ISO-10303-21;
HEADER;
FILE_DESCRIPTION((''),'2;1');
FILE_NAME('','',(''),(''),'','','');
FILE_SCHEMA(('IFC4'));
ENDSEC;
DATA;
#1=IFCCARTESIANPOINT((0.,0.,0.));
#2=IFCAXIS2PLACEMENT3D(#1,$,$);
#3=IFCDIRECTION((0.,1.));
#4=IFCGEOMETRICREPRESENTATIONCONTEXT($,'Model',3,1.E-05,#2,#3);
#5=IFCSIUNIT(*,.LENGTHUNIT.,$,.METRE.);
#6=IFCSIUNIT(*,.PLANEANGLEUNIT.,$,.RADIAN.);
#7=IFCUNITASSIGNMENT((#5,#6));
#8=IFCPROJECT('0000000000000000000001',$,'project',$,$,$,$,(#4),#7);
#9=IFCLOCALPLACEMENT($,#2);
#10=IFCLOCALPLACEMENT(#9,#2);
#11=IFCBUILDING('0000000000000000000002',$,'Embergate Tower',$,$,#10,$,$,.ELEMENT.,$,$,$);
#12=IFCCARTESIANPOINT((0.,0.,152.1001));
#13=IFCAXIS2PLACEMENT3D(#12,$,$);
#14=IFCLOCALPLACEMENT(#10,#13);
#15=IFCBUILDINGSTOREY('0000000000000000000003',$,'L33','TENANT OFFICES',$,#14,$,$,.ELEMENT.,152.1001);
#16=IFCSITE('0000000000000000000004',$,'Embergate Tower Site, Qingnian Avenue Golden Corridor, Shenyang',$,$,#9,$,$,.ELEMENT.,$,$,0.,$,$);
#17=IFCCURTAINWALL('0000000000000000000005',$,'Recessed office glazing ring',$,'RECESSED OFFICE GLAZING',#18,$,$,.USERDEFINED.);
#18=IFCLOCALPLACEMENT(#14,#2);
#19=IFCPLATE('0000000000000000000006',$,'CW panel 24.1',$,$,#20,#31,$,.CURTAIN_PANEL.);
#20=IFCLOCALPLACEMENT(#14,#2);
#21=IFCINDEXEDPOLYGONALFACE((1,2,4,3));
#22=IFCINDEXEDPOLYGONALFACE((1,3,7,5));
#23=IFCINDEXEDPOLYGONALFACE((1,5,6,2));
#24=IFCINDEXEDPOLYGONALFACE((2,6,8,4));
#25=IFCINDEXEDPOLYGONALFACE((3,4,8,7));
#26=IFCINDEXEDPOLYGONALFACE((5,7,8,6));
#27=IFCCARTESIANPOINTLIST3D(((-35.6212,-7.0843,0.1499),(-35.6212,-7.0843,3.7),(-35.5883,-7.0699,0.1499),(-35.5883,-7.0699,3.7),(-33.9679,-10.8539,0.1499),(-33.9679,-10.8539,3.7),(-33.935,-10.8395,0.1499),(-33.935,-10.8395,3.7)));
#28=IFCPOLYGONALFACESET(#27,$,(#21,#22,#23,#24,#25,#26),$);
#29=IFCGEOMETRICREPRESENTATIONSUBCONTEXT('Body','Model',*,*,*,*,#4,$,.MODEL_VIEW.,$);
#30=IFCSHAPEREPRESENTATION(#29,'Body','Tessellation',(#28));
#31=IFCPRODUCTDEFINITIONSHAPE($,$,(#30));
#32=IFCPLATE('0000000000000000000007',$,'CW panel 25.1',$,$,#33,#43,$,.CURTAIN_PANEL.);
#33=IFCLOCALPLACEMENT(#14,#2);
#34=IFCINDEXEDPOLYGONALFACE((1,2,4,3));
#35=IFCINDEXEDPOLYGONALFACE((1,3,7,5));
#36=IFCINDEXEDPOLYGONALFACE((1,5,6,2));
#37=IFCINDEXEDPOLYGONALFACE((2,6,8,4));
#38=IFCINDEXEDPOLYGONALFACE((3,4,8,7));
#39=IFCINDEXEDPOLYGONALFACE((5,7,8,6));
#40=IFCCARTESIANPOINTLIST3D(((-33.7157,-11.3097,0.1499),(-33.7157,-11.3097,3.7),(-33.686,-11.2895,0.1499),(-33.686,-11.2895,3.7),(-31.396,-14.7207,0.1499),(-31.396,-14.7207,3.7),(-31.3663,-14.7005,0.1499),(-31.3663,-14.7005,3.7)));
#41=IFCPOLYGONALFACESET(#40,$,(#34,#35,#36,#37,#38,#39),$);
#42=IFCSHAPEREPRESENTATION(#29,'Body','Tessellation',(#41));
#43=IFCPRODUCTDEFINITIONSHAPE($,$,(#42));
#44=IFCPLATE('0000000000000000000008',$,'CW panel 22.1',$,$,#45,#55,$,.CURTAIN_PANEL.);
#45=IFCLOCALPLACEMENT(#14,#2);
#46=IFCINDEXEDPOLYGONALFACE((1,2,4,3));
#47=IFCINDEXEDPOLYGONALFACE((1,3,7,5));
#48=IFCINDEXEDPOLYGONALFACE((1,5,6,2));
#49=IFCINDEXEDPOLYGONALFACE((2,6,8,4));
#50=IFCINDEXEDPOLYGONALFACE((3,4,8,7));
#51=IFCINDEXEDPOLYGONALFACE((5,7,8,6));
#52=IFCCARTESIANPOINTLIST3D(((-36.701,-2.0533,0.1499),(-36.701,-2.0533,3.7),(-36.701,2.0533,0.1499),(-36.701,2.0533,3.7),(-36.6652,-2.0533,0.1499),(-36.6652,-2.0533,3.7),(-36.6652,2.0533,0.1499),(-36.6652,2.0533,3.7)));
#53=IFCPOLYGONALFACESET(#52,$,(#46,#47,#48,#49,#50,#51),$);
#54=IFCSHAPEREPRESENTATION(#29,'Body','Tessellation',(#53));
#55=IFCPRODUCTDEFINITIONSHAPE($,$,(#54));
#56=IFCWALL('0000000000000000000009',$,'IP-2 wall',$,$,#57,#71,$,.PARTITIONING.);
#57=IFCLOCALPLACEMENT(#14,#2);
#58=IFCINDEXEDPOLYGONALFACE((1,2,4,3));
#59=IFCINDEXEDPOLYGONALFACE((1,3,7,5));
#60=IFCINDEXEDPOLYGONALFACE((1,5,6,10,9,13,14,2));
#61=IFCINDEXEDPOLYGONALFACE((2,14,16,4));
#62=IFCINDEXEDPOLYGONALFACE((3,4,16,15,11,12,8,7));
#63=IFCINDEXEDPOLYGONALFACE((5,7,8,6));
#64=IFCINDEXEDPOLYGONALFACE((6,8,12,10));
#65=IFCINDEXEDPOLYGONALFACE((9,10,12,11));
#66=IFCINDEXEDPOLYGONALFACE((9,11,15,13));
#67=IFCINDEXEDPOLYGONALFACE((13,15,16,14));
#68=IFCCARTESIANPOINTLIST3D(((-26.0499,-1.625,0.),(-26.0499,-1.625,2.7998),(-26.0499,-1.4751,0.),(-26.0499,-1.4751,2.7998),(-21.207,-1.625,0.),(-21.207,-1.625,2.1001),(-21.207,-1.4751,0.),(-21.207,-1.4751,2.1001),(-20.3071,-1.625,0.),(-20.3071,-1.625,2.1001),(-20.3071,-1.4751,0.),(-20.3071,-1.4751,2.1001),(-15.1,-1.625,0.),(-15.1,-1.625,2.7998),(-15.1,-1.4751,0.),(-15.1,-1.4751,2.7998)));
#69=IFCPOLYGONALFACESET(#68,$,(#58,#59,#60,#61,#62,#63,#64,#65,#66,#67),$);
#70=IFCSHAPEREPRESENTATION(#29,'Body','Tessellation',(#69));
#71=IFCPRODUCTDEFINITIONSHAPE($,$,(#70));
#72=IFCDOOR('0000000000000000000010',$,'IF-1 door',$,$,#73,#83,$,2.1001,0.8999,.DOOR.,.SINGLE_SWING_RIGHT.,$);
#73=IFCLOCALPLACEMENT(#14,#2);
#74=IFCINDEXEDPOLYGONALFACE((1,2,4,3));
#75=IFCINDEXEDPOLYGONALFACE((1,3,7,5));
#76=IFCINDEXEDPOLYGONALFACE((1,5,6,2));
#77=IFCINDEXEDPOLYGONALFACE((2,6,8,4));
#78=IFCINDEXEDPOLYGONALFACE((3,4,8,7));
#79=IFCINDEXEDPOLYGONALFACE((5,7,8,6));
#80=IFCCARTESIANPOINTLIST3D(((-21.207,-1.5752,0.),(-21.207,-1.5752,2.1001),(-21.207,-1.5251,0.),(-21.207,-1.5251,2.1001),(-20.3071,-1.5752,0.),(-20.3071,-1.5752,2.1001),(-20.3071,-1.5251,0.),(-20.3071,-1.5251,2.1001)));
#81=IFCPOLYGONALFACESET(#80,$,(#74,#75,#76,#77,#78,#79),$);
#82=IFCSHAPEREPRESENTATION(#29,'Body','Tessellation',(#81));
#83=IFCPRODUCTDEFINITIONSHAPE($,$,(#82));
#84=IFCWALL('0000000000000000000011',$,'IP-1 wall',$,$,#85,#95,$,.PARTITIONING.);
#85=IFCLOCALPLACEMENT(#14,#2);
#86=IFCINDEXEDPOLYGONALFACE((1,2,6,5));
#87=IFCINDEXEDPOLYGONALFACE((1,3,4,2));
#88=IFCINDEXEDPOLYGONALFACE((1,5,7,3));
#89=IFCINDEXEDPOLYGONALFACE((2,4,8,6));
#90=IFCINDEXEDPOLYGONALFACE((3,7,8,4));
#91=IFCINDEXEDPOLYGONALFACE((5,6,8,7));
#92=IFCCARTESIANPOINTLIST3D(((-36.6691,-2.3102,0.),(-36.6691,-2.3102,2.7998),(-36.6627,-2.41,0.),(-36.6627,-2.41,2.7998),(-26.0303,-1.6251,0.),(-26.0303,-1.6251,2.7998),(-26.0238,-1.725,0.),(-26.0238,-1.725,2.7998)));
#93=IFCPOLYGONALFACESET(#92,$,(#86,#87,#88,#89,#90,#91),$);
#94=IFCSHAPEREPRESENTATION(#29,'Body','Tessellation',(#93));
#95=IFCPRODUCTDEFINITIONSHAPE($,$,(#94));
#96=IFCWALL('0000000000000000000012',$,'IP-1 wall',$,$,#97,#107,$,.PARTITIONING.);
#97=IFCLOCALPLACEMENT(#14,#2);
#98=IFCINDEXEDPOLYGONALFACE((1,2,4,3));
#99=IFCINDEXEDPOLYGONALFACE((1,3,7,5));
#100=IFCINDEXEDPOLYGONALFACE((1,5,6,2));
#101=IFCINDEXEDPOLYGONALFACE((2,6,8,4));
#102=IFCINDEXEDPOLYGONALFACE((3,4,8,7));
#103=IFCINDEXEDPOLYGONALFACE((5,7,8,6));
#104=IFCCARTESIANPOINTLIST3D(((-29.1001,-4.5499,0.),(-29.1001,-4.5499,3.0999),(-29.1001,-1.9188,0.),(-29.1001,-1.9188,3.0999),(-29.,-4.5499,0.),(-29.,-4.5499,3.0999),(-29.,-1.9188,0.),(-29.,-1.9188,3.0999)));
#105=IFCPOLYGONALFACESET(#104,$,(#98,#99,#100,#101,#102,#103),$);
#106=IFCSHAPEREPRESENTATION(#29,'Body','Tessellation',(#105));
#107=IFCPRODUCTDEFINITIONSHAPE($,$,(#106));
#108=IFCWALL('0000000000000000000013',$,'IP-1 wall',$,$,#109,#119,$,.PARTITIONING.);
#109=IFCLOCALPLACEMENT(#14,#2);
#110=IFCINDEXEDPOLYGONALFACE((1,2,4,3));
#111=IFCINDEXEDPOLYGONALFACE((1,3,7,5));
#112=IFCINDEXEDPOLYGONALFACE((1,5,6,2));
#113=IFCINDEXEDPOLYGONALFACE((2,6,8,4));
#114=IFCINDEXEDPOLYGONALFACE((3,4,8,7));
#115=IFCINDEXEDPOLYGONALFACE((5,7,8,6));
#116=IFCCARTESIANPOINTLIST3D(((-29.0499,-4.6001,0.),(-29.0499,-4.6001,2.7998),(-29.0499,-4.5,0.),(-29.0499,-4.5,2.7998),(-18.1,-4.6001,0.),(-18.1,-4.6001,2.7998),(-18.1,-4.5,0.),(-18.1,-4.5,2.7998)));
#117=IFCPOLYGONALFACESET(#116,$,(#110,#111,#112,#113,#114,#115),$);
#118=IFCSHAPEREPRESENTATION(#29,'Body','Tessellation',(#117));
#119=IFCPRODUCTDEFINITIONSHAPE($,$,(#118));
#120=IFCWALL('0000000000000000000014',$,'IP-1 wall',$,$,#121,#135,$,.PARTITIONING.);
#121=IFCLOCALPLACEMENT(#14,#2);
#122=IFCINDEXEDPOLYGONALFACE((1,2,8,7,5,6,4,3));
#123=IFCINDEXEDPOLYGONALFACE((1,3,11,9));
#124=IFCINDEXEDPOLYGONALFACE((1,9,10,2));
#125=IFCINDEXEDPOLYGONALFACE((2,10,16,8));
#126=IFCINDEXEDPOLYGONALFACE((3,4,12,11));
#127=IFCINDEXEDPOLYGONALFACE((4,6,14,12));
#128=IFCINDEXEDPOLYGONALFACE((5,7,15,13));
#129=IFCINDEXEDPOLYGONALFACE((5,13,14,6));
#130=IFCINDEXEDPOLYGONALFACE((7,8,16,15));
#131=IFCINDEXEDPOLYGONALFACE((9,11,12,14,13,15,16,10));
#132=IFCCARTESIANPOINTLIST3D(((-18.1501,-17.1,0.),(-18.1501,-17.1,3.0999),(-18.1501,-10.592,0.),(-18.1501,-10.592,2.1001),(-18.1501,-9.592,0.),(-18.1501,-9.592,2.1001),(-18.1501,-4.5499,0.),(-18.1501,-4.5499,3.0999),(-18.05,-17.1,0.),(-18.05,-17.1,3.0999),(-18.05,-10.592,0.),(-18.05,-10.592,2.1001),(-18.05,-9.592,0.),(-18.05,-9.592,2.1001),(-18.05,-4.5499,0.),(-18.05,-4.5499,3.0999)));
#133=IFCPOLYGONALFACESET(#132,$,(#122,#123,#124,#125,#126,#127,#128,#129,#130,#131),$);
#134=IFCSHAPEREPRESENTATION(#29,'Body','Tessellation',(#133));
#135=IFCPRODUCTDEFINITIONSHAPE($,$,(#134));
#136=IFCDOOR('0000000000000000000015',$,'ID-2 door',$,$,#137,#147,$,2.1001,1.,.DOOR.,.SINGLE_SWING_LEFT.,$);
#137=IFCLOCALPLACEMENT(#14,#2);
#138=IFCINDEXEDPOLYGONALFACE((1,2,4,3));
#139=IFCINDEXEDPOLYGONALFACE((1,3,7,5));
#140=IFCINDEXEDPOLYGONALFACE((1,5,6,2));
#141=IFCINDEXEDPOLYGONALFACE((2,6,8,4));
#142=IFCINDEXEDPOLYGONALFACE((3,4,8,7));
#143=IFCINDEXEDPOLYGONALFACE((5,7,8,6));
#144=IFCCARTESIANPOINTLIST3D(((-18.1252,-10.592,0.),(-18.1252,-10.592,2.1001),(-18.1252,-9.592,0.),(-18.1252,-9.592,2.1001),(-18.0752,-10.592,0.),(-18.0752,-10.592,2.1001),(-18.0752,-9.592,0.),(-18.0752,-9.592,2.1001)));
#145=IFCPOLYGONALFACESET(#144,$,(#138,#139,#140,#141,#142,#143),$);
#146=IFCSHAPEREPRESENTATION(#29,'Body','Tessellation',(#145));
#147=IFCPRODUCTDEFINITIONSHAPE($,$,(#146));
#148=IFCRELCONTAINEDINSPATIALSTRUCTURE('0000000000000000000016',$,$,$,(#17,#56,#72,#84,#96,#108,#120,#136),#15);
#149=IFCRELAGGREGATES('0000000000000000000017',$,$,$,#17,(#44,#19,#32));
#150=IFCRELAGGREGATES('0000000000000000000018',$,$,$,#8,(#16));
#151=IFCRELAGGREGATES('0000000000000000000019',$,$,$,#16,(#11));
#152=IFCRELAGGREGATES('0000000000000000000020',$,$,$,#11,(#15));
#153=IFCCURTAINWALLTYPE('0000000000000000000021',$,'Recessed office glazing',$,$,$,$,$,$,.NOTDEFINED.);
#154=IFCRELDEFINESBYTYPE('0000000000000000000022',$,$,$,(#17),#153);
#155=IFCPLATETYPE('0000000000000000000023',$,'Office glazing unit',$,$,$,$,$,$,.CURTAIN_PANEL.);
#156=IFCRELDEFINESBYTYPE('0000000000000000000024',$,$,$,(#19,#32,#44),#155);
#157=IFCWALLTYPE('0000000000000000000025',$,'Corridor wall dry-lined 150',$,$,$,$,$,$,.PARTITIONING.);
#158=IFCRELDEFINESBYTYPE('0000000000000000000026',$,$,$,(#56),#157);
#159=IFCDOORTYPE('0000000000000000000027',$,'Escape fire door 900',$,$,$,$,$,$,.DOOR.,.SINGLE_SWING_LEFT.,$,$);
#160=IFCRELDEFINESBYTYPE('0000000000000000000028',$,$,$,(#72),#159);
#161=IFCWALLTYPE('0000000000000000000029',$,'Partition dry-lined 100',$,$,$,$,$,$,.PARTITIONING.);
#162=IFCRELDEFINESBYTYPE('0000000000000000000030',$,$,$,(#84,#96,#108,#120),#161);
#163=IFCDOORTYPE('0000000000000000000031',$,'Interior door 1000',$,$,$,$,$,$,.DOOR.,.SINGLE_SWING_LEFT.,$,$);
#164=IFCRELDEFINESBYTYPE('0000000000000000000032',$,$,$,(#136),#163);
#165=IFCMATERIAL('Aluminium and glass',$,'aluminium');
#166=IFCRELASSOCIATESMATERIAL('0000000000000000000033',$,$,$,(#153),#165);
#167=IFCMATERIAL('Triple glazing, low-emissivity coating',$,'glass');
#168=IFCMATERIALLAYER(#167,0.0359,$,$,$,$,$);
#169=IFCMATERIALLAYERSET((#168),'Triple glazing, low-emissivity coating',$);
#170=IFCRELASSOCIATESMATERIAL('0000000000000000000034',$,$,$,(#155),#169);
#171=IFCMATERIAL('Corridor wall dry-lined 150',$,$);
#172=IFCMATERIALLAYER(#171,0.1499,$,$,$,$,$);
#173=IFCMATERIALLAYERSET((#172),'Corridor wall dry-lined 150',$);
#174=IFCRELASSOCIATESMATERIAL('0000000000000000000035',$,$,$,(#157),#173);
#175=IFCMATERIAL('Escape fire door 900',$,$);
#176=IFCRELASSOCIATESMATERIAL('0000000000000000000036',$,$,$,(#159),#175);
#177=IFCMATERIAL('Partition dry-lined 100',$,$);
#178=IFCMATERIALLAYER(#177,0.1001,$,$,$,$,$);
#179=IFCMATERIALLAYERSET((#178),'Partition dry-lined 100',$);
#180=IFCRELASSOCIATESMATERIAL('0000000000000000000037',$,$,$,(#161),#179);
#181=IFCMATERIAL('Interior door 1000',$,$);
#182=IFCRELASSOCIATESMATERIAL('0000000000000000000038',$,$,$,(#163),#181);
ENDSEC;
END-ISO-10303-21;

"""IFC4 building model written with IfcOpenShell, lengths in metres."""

from ifc_helpers import new_model, si_unit, direction, frame, frame_2d, origin, origin_2d, place, context, subcontext, project, spatial, rectangle, extrude, source, transform, mapped, material, layer, layer_set, type_object, element, fill, aggregate, save


model = new_model("IFC4")

# Units and contexts
model_context = context("Model", 3, precision=1e-05, world=origin(), true_north=direction((0.0, 1.0)))
body_context = subcontext(model_context, "Body", "Model", "MODEL_VIEW")
ifc_project = project(units=[si_unit("LENGTHUNIT", "METRE"), si_unit("PLANEANGLEUNIT", "RADIAN")], contexts=[model_context])

# Site, building, storey
site_placement = place(None, origin())
site = spatial("IfcSite", under=ifc_project, at=site_placement, Name="Embergate Tower Site, Qingnian Avenue Golden Corridor, Shenyang", CompositionType="ELEMENT", RefElevation=0.0)
building_placement = place(site_placement, origin())
building = spatial("IfcBuilding", under=site, at=building_placement, Name="Embergate Tower", CompositionType="ELEMENT")
storey_placement = place(building_placement, frame((0.0, 0.0, 152.1001)))
storey = spatial("IfcBuildingStorey", under=building, at=storey_placement, Name="L33", Description="TENANT OFFICES", CompositionType="ELEMENT", Elevation=152.1001)

# Curtain wall, plates
ifc_material_1 = material(Name="Aluminium and glass", Category="aluminium")
curtain_wall_type = type_object("IfcCurtainWallType", Name="Recessed office glazing", PredefinedType="NOTDEFINED", material=ifc_material_1)
curtain_wall_placement = place(storey_placement, origin())
curtain_wall = element("IfcCurtainWall", 1, at=curtain_wall_placement, inside=storey, type_object=curtain_wall_type, Name="Recessed office glazing ring", ObjectType="RECESSED OFFICE GLAZING", PredefinedType="USERDEFINED")
ifc_material_2 = material(Name="Triple glazing, low-emissivity coating", Category="glass")
ifc_layer_1 = layer(ifc_material_2, 0.0359)
ifc_layer_set_1 = layer_set([ifc_layer_1], Name="Triple glazing, low-emissivity coating")
plate_type = type_object("IfcPlateType", Name="Office glazing unit", PredefinedType="CURTAIN_PANEL", material=ifc_layer_set_1)
shared_shape_1 = source(origin(), body_context, "Body", "SweptSolid", [
    extrude(rectangle(XDim=4.1162, YDim=0.0359, at=origin_2d()), origin(), (0.0, 0.0, 1.0), 3.55),
])
plate_1_placement = place(storey_placement, frame((-34.7781, -8.9619, 0.1499), z_axis=(0.0, 0.0, 1.0), x_axis=(0.401652, -0.915792, 0.0)))
plate_1 = element("IfcPlate", 2, at=plate_1_placement, type_object=plate_type, Name="CW panel 24.1", PredefinedType="CURTAIN_PANEL", context=body_context, shape_type="MappedRepresentation", body=[
    mapped(shared_shape_1, transform((0.0, 0.0, 0.0))),
])
shared_shape_2 = source(origin(), body_context, "Body", "SweptSolid", [
    extrude(rectangle(XDim=4.125, YDim=0.0359, at=origin_2d()), origin(), (0.0, 0.0, 1.0), 3.55),
])
plate_2_placement = place(storey_placement, frame((-32.541, -13.0051, 0.1499), z_axis=(0.0, 0.0, 1.0), x_axis=(0.562342, -0.826905, 0.0)))
plate_2 = element("IfcPlate", 3, at=plate_2_placement, type_object=plate_type, Name="CW panel 25.1", PredefinedType="CURTAIN_PANEL", context=body_context, shape_type="MappedRepresentation", body=[
    mapped(shared_shape_2, transform((0.0, 0.0, 0.0))),
])
shared_shape_3 = source(origin(), body_context, "Body", "SweptSolid", [
    extrude(rectangle(XDim=4.1067, YDim=0.0359, at=origin_2d()), origin(), (0.0, 0.0, 1.0), 3.55),
])
plate_3_placement = place(storey_placement, frame((-36.6831, 0.0, 0.1499), z_axis=(0.0, 0.0, 1.0), x_axis=(0.0, -1.0, 0.0)))
plate_3 = element("IfcPlate", 4, at=plate_3_placement, type_object=plate_type, Name="CW panel 22.1", PredefinedType="CURTAIN_PANEL", context=body_context, shape_type="MappedRepresentation", body=[
    mapped(shared_shape_3, transform((0.0, 0.0, 0.0))),
])
aggregate(curtain_wall, [plate_3, plate_1, plate_2])

# Wall, opening, door
ifc_material_3 = material(Name="Corridor wall dry-lined 150")
ifc_layer_2 = layer(ifc_material_3, 0.1499)
ifc_layer_set_2 = layer_set([ifc_layer_2], Name="Corridor wall dry-lined 150")
wall_type_1 = type_object("IfcWallType", Name="Corridor wall dry-lined 150", PredefinedType="PARTITIONING", material=ifc_layer_set_2)
shared_shape_4 = source(origin(), body_context, "Body", "SweptSolid", [
    extrude(rectangle(XDim=10.95, YDim=0.1499, at=frame_2d((5.4751, 0.0))), origin(), (0.0, 0.0, 1.0), 2.7998),
])
wall_1_placement = place(storey_placement, frame((-26.05, -1.55, 0.0), z_axis=(0.0, 0.0, 1.0), x_axis=(1.0, 0.0, 0.0)))
wall_1 = element("IfcWall", 5, at=wall_1_placement, inside=storey, type_object=wall_type_1, Name="IP-2 wall", PredefinedType="PARTITIONING", context=body_context, shape_type="MappedRepresentation", body=[
    mapped(shared_shape_4, transform((0.0, 0.0, 0.0))),
])
shared_shape_5 = source(origin(), body_context, "Body", "SweptSolid", [
    extrude(rectangle(XDim=0.8999, YDim=2.1001, at=frame_2d((0.45, 1.05))), frame((0.0, 0.085, 0.0), z_axis=(0.0, -1.0, 0.0), x_axis=(1.0, 0.0, 0.0)), (0.0, 0.0, 1.0), 0.1699),
])
opening_1_placement = place(wall_1_placement, frame((4.843, 0.0, 0.0)))
opening_1 = element("IfcOpeningElement", 6, at=opening_1_placement, cuts=wall_1, PredefinedType="OPENING", context=body_context, shape_type="MappedRepresentation", body=[
    mapped(shared_shape_5, transform((0.0, 0.0, 0.0))),
])
ifc_material_4 = material(Name="Escape fire door 900")
door_type_1 = type_object("IfcDoorType", Name="Escape fire door 900", OperationType="SINGLE_SWING_LEFT", PredefinedType="DOOR", material=ifc_material_4)
shared_shape_6 = source(origin(), body_context, "Body", "SweptSolid", [
    extrude(rectangle(XDim=0.8999, YDim=2.1001, at=frame_2d((0.45, 1.05))), frame((0.0, 0.0249, 0.0), z_axis=(0.0, -1.0, 0.0), x_axis=(1.0, 0.0, 0.0)), (0.0, 0.0, 1.0), 0.05),
])
door_1_placement = place(opening_1_placement, origin())
door_1 = element("IfcDoor", 7, at=door_1_placement, inside=storey, type_object=door_type_1, Name="IF-1 door", OperationType="SINGLE_SWING_RIGHT", OverallHeight=2.1001, OverallWidth=0.8999, PredefinedType="DOOR", context=body_context, shape_type="MappedRepresentation", body=[
    mapped(shared_shape_6, transform((0.0, 0.0, 0.0))),
])
fill(opening_1, door_1)

# Walls
ifc_material_5 = material(Name="Partition dry-lined 100")
ifc_layer_3 = layer(ifc_material_5, 0.1001)
ifc_layer_set_3 = layer_set([ifc_layer_3], Name="Partition dry-lined 100")
wall_type_2 = type_object("IfcWallType", Name="Partition dry-lined 100", PredefinedType="PARTITIONING", material=ifc_layer_set_3)
shared_shape_7 = source(origin(), body_context, "Body", "SweptSolid", [
    extrude(rectangle(XDim=10.6609, YDim=0.1001, at=frame_2d((5.3306, 0.0))), origin(), (0.0, 0.0, 1.0), 2.7998),
])
wall_2_placement = place(storey_placement, frame((-36.666, -2.3601, 0.0), z_axis=(0.0, 0.0, 1.0), x_axis=(0.997933, 0.064259, 0.0)))
element("IfcWall", 8, at=wall_2_placement, inside=storey, type_object=wall_type_2, Name="IP-1 wall", PredefinedType="PARTITIONING", context=body_context, shape_type="MappedRepresentation", body=[
    mapped(shared_shape_7, transform((0.0, 0.0, 0.0))),
])
shared_shape_8 = source(origin(), body_context, "Body", "SweptSolid", [
    extrude(rectangle(XDim=2.6311, YDim=0.1001, at=frame_2d((1.3154, 0.0))), origin(), (0.0, 0.0, 1.0), 3.0999),
])
wall_3_placement = place(storey_placement, frame((-29.05, -1.9189, 0.0), z_axis=(0.0, 0.0, 1.0), x_axis=(0.0, -1.0, 0.0)))
element("IfcWall", 9, at=wall_3_placement, inside=storey, type_object=wall_type_2, Name="IP-1 wall", PredefinedType="PARTITIONING", context=body_context, shape_type="MappedRepresentation", body=[
    mapped(shared_shape_8, transform((0.0, 0.0, 0.0))),
])
shared_shape_9 = source(origin(), body_context, "Body", "SweptSolid", [
    extrude(rectangle(XDim=10.95, YDim=0.1001, at=frame_2d((5.4751, 0.0))), origin(), (0.0, 0.0, 1.0), 2.7998),
])
wall_4_placement = place(storey_placement, frame((-29.05, -4.55, 0.0), z_axis=(0.0, 0.0, 1.0), x_axis=(1.0, 0.0, 0.0)))
element("IfcWall", 10, at=wall_4_placement, inside=storey, type_object=wall_type_2, Name="IP-1 wall", PredefinedType="PARTITIONING", context=body_context, shape_type="MappedRepresentation", body=[
    mapped(shared_shape_9, transform((0.0, 0.0, 0.0))),
])

# Wall, opening, door
shared_shape_10 = source(origin(), body_context, "Body", "SweptSolid", [
    extrude(rectangle(XDim=12.55, YDim=0.1001, at=frame_2d((6.2749, 0.0))), origin(), (0.0, 0.0, 1.0), 3.0999),
])
wall_5_placement = place(storey_placement, frame((-18.1001, -4.55, 0.0), z_axis=(0.0, 0.0, 1.0), x_axis=(0.0, -1.0, 0.0)))
wall_5 = element("IfcWall", 11, at=wall_5_placement, inside=storey, type_object=wall_type_2, Name="IP-1 wall", PredefinedType="PARTITIONING", context=body_context, shape_type="MappedRepresentation", body=[
    mapped(shared_shape_10, transform((0.0, 0.0, 0.0))),
])
shared_shape_11 = source(origin(), body_context, "Body", "SweptSolid", [
    extrude(rectangle(XDim=1.0, YDim=2.1001, at=frame_2d((0.5, 1.05))), frame((0.0, 0.0601, 0.0), z_axis=(0.0, -1.0, 0.0), x_axis=(1.0, 0.0, 0.0)), (0.0, 0.0, 1.0), 0.1201),
])
opening_2_placement = place(wall_5_placement, frame((5.042, 0.0, 0.0)))
opening_2 = element("IfcOpeningElement", 12, at=opening_2_placement, cuts=wall_5, PredefinedType="OPENING", context=body_context, shape_type="MappedRepresentation", body=[
    mapped(shared_shape_11, transform((0.0, 0.0, 0.0))),
])
ifc_material_6 = material(Name="Interior door 1000")
door_type_2 = type_object("IfcDoorType", Name="Interior door 1000", OperationType="SINGLE_SWING_LEFT", PredefinedType="DOOR", material=ifc_material_6)
shared_shape_12 = source(origin(), body_context, "Body", "SweptSolid", [
    extrude(rectangle(XDim=1.0, YDim=2.1001, at=frame_2d((0.5, 1.05))), frame((0.0, 0.0249, 0.0), z_axis=(0.0, -1.0, 0.0), x_axis=(1.0, 0.0, 0.0)), (0.0, 0.0, 1.0), 0.05),
])
door_2_placement = place(opening_2_placement, origin())
door_2 = element("IfcDoor", 13, at=door_2_placement, inside=storey, type_object=door_type_2, Name="ID-2 door", OperationType="SINGLE_SWING_LEFT", OverallHeight=2.1001, OverallWidth=1.0, PredefinedType="DOOR", context=body_context, shape_type="MappedRepresentation", body=[
    mapped(shared_shape_12, transform((0.0, 0.0, 0.0))),
])
fill(opening_2, door_2)

save(model, "model.ifc")
